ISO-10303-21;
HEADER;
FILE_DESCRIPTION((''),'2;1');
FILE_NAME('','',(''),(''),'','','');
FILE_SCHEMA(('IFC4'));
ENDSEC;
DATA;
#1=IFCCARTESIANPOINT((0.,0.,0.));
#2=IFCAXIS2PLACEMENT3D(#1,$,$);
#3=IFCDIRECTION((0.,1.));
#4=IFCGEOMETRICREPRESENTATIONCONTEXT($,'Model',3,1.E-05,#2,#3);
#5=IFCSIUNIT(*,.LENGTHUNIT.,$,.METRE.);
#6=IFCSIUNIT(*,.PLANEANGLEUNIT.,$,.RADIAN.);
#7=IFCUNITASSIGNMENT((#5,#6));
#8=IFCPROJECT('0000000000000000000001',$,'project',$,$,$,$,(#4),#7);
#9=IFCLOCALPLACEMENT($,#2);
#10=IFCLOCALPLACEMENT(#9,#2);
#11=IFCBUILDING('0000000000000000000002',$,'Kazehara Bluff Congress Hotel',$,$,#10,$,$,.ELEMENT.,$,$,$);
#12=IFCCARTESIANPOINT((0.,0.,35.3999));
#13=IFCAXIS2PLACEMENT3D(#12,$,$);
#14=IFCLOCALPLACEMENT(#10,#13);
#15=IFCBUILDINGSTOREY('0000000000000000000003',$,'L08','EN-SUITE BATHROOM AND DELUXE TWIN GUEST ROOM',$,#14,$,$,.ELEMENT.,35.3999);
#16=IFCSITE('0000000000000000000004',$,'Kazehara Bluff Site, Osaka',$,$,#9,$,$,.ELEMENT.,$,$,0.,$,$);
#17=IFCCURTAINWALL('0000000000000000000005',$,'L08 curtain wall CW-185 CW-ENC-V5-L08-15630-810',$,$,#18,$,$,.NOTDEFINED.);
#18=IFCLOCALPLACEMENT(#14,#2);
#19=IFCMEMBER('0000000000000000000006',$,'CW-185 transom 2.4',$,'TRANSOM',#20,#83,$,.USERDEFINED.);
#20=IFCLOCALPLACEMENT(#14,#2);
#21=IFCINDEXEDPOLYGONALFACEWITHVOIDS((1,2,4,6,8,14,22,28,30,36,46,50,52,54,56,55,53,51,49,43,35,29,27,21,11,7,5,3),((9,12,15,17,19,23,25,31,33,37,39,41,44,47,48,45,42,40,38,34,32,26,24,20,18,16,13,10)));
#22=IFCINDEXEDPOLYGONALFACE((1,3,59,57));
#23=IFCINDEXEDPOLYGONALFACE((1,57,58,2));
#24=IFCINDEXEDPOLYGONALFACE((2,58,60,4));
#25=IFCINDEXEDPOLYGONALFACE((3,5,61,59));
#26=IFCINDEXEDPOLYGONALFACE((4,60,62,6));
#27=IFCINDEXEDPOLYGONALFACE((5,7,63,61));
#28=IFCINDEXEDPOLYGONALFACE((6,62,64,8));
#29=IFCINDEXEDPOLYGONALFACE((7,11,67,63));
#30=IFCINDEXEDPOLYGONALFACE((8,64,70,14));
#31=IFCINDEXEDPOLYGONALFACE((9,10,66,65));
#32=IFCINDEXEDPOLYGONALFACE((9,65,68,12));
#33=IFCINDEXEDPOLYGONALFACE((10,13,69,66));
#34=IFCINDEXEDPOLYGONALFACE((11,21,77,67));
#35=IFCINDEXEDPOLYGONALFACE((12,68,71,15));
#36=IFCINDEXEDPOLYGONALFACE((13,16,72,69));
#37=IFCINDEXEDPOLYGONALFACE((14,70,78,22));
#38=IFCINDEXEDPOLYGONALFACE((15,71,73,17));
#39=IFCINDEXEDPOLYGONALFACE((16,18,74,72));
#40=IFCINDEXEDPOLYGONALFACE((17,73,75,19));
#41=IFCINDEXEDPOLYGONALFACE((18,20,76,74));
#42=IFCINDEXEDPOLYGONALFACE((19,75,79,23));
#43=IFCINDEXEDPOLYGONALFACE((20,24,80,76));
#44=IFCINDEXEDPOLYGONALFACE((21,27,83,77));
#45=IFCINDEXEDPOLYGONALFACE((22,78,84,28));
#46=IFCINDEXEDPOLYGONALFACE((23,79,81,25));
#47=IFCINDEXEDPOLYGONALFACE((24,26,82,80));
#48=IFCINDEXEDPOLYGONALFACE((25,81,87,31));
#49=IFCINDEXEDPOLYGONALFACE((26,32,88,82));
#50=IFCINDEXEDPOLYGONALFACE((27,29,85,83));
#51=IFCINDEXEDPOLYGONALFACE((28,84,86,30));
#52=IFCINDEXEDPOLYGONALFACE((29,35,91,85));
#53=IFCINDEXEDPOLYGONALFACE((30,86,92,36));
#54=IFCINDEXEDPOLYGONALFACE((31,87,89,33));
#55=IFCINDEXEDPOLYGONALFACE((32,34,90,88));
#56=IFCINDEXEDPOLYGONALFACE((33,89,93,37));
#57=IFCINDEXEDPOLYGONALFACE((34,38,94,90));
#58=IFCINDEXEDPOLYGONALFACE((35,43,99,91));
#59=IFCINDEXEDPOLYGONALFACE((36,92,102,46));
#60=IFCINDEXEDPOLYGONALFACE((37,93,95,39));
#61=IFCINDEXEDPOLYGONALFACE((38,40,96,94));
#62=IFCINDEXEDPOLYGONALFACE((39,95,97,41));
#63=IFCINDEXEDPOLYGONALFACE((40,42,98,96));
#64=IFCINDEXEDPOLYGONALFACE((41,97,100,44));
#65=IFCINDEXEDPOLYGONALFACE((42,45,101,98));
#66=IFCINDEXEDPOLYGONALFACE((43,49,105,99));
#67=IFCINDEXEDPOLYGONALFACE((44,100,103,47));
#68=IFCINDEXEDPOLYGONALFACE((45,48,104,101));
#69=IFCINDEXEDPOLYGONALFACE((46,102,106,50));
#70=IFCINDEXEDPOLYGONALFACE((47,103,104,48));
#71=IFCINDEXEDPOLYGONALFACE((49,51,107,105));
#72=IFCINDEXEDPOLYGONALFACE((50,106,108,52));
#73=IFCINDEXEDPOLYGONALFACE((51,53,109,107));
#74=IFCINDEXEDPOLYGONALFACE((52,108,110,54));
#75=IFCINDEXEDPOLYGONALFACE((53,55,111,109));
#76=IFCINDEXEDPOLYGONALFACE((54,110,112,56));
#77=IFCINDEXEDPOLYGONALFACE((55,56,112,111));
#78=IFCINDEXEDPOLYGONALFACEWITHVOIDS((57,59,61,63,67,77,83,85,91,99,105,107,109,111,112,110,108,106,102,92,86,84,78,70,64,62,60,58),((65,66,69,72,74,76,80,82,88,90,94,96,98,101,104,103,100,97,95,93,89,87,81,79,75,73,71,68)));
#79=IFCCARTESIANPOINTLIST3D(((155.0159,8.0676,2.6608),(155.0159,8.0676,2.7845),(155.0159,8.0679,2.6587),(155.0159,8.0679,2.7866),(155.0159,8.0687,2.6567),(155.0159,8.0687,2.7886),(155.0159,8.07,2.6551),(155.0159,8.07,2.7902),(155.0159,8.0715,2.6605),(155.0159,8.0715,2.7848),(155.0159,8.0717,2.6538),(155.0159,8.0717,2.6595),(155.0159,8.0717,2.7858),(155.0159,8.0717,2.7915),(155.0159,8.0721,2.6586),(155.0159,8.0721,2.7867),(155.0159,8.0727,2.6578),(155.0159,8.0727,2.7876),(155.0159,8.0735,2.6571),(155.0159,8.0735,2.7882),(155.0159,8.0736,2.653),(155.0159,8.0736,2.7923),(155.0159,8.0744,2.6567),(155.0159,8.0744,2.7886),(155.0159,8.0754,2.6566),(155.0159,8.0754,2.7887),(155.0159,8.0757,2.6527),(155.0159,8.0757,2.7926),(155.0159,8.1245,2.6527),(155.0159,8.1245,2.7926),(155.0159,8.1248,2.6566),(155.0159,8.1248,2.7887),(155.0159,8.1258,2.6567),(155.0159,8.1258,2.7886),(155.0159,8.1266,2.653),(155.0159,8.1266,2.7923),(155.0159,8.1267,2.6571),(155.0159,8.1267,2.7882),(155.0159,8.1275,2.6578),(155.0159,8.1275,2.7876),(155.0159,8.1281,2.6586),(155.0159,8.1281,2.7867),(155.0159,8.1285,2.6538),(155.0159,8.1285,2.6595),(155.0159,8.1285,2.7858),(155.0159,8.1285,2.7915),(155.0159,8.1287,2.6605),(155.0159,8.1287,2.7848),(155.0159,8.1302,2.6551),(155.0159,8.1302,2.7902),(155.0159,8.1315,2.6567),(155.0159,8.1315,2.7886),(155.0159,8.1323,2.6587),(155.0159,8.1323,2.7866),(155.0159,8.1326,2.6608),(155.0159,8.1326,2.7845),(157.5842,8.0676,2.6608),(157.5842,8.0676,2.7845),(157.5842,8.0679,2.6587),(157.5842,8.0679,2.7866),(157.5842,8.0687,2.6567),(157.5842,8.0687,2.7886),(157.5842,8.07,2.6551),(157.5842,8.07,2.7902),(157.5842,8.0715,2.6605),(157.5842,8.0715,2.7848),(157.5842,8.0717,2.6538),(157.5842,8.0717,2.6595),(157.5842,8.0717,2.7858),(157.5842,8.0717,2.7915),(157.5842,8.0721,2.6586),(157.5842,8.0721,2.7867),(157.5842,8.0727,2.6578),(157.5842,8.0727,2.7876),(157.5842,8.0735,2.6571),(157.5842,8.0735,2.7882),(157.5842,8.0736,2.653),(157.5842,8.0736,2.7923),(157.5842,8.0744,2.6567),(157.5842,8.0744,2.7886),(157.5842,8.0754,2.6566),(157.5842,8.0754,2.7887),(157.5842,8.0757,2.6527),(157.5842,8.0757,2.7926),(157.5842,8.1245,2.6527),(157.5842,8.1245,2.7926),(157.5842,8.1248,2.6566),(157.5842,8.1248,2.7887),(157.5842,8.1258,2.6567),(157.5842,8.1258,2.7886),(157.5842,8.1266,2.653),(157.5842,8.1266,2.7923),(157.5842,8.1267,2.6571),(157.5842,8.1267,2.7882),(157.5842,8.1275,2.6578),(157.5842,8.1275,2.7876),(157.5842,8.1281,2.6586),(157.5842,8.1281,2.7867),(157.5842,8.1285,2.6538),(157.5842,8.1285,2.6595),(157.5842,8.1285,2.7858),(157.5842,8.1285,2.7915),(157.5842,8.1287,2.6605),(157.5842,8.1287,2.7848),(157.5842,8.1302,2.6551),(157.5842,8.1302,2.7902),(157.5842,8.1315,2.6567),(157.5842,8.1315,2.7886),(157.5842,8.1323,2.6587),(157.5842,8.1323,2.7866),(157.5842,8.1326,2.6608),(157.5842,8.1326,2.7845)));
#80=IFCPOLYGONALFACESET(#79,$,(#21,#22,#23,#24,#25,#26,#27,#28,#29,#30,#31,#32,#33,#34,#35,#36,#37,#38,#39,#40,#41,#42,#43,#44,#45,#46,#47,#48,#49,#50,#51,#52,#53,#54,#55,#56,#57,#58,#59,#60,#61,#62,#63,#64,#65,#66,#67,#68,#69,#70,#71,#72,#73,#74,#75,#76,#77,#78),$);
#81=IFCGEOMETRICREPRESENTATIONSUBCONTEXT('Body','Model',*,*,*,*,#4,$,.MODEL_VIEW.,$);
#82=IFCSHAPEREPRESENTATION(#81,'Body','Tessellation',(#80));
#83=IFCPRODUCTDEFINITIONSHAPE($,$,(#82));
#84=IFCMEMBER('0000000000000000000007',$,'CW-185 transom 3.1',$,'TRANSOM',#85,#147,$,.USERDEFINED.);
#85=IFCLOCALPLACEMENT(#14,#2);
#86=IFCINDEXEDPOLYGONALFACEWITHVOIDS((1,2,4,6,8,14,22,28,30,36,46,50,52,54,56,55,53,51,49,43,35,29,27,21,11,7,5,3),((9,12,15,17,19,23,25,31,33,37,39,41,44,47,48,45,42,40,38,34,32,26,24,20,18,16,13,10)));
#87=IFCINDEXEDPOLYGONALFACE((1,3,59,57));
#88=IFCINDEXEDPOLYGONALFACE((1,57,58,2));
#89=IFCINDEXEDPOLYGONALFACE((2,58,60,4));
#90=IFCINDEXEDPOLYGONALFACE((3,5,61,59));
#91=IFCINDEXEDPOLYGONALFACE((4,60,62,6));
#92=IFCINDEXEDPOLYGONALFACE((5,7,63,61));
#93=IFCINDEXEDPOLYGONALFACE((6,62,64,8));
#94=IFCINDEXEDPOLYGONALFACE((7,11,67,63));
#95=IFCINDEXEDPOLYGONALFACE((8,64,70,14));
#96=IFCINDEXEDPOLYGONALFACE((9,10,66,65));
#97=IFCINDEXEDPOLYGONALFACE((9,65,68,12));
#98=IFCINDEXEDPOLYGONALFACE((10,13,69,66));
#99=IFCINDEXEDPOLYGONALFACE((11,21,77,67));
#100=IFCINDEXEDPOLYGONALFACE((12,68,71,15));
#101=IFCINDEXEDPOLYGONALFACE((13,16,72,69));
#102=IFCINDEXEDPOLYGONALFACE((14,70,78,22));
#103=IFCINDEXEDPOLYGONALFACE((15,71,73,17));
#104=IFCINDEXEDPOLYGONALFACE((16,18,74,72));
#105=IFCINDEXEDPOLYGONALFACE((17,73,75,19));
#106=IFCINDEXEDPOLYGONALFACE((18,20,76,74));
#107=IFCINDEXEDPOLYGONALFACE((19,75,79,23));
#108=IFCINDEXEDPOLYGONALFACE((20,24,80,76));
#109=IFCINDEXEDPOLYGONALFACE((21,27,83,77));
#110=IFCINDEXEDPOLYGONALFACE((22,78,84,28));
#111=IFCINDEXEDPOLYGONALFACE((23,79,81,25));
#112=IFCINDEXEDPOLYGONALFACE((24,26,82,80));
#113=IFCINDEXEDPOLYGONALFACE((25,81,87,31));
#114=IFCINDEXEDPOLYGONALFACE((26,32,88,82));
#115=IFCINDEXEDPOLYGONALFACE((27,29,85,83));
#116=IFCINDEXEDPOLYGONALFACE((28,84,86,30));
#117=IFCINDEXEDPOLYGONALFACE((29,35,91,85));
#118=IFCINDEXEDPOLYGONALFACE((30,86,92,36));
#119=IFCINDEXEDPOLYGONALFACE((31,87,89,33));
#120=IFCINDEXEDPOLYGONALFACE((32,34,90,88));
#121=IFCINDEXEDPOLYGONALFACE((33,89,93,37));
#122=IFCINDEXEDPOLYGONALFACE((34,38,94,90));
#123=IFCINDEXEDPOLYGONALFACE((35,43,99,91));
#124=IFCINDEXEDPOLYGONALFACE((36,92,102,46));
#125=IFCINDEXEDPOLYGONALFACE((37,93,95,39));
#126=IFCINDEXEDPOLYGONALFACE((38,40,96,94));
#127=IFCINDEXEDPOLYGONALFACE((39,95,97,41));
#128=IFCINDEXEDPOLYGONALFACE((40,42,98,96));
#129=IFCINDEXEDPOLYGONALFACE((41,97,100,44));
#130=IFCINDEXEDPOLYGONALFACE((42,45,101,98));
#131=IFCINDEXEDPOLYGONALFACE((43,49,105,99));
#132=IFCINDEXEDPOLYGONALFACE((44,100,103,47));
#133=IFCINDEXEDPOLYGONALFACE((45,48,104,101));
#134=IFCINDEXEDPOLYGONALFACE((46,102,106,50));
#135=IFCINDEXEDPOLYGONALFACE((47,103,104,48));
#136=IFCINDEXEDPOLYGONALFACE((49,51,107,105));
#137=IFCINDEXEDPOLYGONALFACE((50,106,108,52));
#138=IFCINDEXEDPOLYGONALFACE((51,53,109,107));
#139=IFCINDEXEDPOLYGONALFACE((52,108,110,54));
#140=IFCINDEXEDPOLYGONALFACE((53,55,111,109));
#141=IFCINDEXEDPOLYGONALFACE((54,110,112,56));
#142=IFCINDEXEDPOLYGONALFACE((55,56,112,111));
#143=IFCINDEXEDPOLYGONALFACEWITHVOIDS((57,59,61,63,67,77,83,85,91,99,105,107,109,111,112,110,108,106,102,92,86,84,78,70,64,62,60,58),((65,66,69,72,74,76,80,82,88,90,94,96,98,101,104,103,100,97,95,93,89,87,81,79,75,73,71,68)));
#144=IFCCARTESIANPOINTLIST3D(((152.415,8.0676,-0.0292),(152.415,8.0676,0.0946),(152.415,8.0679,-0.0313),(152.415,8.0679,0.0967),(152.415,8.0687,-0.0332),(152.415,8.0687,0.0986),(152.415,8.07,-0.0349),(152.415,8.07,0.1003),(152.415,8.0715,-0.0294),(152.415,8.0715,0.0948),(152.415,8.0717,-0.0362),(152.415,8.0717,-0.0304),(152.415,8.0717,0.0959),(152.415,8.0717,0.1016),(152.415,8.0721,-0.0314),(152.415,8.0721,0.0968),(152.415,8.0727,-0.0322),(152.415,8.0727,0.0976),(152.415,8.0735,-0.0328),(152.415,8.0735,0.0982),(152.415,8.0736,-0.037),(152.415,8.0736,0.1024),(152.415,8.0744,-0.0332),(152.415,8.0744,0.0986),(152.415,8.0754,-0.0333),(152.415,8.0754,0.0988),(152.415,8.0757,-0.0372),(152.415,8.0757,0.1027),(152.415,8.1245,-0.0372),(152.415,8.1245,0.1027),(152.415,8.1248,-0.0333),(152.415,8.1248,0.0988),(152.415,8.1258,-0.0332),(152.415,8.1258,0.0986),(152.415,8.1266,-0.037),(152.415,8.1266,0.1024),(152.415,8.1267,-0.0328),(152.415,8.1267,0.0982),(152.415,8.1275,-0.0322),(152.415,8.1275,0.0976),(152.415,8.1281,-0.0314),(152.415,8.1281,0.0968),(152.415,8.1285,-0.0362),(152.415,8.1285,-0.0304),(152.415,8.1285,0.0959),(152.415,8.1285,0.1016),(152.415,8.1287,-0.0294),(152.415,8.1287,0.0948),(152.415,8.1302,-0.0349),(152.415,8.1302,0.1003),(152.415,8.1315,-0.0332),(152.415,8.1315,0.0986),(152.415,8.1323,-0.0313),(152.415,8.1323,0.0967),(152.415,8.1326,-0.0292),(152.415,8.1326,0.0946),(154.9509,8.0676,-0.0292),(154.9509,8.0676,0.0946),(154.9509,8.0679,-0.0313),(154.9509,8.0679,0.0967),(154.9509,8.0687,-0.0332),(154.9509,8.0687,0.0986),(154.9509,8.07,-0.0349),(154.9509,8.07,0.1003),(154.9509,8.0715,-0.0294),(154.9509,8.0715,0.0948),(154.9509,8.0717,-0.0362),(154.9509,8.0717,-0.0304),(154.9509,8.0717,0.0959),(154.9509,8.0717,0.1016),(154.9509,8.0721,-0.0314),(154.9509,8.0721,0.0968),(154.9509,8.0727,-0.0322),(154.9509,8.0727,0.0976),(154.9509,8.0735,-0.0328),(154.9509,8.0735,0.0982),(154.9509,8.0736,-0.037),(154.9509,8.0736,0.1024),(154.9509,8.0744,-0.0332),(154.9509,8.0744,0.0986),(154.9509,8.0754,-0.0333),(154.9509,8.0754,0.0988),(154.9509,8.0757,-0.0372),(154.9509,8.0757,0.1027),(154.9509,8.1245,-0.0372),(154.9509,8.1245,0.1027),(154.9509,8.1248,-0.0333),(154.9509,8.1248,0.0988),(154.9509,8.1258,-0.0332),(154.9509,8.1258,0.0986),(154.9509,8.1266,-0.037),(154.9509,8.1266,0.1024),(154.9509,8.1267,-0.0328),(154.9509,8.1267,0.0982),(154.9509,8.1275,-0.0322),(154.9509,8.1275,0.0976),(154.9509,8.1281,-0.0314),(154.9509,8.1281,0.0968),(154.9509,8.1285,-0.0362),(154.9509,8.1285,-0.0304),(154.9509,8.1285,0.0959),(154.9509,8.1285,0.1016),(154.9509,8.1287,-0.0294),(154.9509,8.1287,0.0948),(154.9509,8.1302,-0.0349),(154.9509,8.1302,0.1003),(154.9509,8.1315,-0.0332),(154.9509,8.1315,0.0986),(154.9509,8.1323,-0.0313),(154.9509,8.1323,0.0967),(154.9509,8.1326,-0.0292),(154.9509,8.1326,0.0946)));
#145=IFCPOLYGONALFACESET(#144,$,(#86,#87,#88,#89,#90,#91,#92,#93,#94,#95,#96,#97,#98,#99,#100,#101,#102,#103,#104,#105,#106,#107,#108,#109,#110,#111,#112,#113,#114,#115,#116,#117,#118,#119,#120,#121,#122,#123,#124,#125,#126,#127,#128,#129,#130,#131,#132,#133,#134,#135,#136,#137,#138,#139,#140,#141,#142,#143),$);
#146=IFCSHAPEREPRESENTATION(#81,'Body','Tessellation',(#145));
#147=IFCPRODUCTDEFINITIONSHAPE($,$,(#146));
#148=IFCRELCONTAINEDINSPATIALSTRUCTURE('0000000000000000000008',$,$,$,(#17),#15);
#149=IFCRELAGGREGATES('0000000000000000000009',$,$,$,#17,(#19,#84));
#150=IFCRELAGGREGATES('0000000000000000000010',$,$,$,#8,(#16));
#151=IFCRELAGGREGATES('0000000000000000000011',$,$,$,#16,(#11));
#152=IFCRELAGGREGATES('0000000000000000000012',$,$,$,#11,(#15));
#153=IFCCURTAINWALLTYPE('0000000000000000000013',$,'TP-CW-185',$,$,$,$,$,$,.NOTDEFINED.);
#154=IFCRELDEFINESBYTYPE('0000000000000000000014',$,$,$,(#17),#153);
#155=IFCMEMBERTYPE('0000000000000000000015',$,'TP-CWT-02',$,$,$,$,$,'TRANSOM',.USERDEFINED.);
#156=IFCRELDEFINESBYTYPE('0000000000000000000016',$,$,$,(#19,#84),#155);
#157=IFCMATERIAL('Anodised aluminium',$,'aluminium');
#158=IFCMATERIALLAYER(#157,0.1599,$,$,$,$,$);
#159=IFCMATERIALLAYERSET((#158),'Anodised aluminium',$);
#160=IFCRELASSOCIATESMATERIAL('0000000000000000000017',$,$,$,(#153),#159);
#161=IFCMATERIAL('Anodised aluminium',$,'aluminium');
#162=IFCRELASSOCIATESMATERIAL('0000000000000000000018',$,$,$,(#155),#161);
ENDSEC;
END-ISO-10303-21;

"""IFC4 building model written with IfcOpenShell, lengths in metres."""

from ifc_helpers import new_model, si_unit, direction, frame, origin, origin_2d, place, context, subcontext, project, spatial, hollow_rectangle, extrude, material, layer, layer_set, material_profile, profile_set, type_object, element, aggregate, save


model = new_model("IFC4")

# Units and contexts
model_context = context("Model", 3, precision=1e-05, world=origin(), true_north=direction((0.0, 1.0)))
body_context = subcontext(model_context, "Body", "Model", "MODEL_VIEW")
ifc_project = project(units=[si_unit("LENGTHUNIT", "METRE"), si_unit("PLANEANGLEUNIT", "RADIAN")], contexts=[model_context])

# Site, building, storey
site_placement = place(None, origin())
site = spatial("IfcSite", under=ifc_project, at=site_placement, Name="Kazehara Bluff Site, Osaka", CompositionType="ELEMENT", RefElevation=0.0)
building_placement = place(site_placement, origin())
building = spatial("IfcBuilding", under=site, at=building_placement, Name="Kazehara Bluff Congress Hotel", CompositionType="ELEMENT")
storey_placement = place(building_placement, frame((0.0, 0.0, 35.3999)))
storey = spatial("IfcBuildingStorey", under=building, at=storey_placement, Name="L08", Description="EN-SUITE BATHROOM AND DELUXE TWIN GUEST ROOM", CompositionType="ELEMENT", Elevation=35.3999)

# Curtain wall, members
ifc_material_1 = material(Name="Anodised aluminium", Category="aluminium")
ifc_layer_1 = layer(ifc_material_1, 0.1599)
ifc_layer_set_1 = layer_set([ifc_layer_1], Name="Anodised aluminium")
curtain_wall_type = type_object("IfcCurtainWallType", Name="TP-CW-185", PredefinedType="NOTDEFINED", material=ifc_layer_set_1)
curtain_wall_placement = place(storey_placement, origin())
curtain_wall = element("IfcCurtainWall", 1, at=curtain_wall_placement, inside=storey, type_object=curtain_wall_type, Name="L08 curtain wall CW-185 CW-ENC-V5-L08-15630-810", PredefinedType="NOTDEFINED")
ifc_material_2 = material(Name="Anodised aluminium", Category="aluminium")
ifc_material_profile_1 = material_profile(ifc_material_2, hollow_rectangle(XDim=0.0649, YDim=0.1399, WallThickness=0.0039, InnerFilletRadius=0.0039, OuterFilletRadius=0.0081, at=origin_2d()))
ifc_profile_set_1 = profile_set([ifc_material_profile_1], Name="Anodised aluminium")
member_type_1 = type_object("IfcMemberType", Name="TP-CWT-02", ElementType="TRANSOM", PredefinedType="USERDEFINED", material=ifc_profile_set_1)
member_1_placement = place(storey_placement, frame((157.5842, 8.1001, 2.7227), z_axis=(-1.0, 0.0, 0.0), x_axis=(0.0, -1.0, 0.0)))
member_1 = element("IfcMember", 2, at=member_1_placement, type_object=member_type_1, Name="CW-185 transom 2.4", ObjectType="TRANSOM", PredefinedType="USERDEFINED", context=body_context, shape_type="SweptSolid", body=[
    extrude(hollow_rectangle(XDim=0.0649, YDim=0.1399, WallThickness=0.0039, InnerFilletRadius=0.0039, OuterFilletRadius=0.0081, at=origin_2d()), origin(), (0.0, 0.0, 1.0), 2.5684),
])
member_2_placement = place(storey_placement, frame((154.9509, 8.1001, 0.0327), z_axis=(-1.0, 0.0, 0.0), x_axis=(0.0, -1.0, 0.0)))
member_2 = element("IfcMember", 3, at=member_2_placement, type_object=member_type_1, Name="CW-185 transom 3.1", ObjectType="TRANSOM", PredefinedType="USERDEFINED", context=body_context, shape_type="SweptSolid", body=[
    extrude(hollow_rectangle(XDim=0.0649, YDim=0.1399, WallThickness=0.0039, InnerFilletRadius=0.0039, OuterFilletRadius=0.0081, at=origin_2d()), origin(), (0.0, 0.0, 1.0), 2.5359),
])

aggregate(curtain_wall, [member_1, member_2])

save(model, "model.ifc")
